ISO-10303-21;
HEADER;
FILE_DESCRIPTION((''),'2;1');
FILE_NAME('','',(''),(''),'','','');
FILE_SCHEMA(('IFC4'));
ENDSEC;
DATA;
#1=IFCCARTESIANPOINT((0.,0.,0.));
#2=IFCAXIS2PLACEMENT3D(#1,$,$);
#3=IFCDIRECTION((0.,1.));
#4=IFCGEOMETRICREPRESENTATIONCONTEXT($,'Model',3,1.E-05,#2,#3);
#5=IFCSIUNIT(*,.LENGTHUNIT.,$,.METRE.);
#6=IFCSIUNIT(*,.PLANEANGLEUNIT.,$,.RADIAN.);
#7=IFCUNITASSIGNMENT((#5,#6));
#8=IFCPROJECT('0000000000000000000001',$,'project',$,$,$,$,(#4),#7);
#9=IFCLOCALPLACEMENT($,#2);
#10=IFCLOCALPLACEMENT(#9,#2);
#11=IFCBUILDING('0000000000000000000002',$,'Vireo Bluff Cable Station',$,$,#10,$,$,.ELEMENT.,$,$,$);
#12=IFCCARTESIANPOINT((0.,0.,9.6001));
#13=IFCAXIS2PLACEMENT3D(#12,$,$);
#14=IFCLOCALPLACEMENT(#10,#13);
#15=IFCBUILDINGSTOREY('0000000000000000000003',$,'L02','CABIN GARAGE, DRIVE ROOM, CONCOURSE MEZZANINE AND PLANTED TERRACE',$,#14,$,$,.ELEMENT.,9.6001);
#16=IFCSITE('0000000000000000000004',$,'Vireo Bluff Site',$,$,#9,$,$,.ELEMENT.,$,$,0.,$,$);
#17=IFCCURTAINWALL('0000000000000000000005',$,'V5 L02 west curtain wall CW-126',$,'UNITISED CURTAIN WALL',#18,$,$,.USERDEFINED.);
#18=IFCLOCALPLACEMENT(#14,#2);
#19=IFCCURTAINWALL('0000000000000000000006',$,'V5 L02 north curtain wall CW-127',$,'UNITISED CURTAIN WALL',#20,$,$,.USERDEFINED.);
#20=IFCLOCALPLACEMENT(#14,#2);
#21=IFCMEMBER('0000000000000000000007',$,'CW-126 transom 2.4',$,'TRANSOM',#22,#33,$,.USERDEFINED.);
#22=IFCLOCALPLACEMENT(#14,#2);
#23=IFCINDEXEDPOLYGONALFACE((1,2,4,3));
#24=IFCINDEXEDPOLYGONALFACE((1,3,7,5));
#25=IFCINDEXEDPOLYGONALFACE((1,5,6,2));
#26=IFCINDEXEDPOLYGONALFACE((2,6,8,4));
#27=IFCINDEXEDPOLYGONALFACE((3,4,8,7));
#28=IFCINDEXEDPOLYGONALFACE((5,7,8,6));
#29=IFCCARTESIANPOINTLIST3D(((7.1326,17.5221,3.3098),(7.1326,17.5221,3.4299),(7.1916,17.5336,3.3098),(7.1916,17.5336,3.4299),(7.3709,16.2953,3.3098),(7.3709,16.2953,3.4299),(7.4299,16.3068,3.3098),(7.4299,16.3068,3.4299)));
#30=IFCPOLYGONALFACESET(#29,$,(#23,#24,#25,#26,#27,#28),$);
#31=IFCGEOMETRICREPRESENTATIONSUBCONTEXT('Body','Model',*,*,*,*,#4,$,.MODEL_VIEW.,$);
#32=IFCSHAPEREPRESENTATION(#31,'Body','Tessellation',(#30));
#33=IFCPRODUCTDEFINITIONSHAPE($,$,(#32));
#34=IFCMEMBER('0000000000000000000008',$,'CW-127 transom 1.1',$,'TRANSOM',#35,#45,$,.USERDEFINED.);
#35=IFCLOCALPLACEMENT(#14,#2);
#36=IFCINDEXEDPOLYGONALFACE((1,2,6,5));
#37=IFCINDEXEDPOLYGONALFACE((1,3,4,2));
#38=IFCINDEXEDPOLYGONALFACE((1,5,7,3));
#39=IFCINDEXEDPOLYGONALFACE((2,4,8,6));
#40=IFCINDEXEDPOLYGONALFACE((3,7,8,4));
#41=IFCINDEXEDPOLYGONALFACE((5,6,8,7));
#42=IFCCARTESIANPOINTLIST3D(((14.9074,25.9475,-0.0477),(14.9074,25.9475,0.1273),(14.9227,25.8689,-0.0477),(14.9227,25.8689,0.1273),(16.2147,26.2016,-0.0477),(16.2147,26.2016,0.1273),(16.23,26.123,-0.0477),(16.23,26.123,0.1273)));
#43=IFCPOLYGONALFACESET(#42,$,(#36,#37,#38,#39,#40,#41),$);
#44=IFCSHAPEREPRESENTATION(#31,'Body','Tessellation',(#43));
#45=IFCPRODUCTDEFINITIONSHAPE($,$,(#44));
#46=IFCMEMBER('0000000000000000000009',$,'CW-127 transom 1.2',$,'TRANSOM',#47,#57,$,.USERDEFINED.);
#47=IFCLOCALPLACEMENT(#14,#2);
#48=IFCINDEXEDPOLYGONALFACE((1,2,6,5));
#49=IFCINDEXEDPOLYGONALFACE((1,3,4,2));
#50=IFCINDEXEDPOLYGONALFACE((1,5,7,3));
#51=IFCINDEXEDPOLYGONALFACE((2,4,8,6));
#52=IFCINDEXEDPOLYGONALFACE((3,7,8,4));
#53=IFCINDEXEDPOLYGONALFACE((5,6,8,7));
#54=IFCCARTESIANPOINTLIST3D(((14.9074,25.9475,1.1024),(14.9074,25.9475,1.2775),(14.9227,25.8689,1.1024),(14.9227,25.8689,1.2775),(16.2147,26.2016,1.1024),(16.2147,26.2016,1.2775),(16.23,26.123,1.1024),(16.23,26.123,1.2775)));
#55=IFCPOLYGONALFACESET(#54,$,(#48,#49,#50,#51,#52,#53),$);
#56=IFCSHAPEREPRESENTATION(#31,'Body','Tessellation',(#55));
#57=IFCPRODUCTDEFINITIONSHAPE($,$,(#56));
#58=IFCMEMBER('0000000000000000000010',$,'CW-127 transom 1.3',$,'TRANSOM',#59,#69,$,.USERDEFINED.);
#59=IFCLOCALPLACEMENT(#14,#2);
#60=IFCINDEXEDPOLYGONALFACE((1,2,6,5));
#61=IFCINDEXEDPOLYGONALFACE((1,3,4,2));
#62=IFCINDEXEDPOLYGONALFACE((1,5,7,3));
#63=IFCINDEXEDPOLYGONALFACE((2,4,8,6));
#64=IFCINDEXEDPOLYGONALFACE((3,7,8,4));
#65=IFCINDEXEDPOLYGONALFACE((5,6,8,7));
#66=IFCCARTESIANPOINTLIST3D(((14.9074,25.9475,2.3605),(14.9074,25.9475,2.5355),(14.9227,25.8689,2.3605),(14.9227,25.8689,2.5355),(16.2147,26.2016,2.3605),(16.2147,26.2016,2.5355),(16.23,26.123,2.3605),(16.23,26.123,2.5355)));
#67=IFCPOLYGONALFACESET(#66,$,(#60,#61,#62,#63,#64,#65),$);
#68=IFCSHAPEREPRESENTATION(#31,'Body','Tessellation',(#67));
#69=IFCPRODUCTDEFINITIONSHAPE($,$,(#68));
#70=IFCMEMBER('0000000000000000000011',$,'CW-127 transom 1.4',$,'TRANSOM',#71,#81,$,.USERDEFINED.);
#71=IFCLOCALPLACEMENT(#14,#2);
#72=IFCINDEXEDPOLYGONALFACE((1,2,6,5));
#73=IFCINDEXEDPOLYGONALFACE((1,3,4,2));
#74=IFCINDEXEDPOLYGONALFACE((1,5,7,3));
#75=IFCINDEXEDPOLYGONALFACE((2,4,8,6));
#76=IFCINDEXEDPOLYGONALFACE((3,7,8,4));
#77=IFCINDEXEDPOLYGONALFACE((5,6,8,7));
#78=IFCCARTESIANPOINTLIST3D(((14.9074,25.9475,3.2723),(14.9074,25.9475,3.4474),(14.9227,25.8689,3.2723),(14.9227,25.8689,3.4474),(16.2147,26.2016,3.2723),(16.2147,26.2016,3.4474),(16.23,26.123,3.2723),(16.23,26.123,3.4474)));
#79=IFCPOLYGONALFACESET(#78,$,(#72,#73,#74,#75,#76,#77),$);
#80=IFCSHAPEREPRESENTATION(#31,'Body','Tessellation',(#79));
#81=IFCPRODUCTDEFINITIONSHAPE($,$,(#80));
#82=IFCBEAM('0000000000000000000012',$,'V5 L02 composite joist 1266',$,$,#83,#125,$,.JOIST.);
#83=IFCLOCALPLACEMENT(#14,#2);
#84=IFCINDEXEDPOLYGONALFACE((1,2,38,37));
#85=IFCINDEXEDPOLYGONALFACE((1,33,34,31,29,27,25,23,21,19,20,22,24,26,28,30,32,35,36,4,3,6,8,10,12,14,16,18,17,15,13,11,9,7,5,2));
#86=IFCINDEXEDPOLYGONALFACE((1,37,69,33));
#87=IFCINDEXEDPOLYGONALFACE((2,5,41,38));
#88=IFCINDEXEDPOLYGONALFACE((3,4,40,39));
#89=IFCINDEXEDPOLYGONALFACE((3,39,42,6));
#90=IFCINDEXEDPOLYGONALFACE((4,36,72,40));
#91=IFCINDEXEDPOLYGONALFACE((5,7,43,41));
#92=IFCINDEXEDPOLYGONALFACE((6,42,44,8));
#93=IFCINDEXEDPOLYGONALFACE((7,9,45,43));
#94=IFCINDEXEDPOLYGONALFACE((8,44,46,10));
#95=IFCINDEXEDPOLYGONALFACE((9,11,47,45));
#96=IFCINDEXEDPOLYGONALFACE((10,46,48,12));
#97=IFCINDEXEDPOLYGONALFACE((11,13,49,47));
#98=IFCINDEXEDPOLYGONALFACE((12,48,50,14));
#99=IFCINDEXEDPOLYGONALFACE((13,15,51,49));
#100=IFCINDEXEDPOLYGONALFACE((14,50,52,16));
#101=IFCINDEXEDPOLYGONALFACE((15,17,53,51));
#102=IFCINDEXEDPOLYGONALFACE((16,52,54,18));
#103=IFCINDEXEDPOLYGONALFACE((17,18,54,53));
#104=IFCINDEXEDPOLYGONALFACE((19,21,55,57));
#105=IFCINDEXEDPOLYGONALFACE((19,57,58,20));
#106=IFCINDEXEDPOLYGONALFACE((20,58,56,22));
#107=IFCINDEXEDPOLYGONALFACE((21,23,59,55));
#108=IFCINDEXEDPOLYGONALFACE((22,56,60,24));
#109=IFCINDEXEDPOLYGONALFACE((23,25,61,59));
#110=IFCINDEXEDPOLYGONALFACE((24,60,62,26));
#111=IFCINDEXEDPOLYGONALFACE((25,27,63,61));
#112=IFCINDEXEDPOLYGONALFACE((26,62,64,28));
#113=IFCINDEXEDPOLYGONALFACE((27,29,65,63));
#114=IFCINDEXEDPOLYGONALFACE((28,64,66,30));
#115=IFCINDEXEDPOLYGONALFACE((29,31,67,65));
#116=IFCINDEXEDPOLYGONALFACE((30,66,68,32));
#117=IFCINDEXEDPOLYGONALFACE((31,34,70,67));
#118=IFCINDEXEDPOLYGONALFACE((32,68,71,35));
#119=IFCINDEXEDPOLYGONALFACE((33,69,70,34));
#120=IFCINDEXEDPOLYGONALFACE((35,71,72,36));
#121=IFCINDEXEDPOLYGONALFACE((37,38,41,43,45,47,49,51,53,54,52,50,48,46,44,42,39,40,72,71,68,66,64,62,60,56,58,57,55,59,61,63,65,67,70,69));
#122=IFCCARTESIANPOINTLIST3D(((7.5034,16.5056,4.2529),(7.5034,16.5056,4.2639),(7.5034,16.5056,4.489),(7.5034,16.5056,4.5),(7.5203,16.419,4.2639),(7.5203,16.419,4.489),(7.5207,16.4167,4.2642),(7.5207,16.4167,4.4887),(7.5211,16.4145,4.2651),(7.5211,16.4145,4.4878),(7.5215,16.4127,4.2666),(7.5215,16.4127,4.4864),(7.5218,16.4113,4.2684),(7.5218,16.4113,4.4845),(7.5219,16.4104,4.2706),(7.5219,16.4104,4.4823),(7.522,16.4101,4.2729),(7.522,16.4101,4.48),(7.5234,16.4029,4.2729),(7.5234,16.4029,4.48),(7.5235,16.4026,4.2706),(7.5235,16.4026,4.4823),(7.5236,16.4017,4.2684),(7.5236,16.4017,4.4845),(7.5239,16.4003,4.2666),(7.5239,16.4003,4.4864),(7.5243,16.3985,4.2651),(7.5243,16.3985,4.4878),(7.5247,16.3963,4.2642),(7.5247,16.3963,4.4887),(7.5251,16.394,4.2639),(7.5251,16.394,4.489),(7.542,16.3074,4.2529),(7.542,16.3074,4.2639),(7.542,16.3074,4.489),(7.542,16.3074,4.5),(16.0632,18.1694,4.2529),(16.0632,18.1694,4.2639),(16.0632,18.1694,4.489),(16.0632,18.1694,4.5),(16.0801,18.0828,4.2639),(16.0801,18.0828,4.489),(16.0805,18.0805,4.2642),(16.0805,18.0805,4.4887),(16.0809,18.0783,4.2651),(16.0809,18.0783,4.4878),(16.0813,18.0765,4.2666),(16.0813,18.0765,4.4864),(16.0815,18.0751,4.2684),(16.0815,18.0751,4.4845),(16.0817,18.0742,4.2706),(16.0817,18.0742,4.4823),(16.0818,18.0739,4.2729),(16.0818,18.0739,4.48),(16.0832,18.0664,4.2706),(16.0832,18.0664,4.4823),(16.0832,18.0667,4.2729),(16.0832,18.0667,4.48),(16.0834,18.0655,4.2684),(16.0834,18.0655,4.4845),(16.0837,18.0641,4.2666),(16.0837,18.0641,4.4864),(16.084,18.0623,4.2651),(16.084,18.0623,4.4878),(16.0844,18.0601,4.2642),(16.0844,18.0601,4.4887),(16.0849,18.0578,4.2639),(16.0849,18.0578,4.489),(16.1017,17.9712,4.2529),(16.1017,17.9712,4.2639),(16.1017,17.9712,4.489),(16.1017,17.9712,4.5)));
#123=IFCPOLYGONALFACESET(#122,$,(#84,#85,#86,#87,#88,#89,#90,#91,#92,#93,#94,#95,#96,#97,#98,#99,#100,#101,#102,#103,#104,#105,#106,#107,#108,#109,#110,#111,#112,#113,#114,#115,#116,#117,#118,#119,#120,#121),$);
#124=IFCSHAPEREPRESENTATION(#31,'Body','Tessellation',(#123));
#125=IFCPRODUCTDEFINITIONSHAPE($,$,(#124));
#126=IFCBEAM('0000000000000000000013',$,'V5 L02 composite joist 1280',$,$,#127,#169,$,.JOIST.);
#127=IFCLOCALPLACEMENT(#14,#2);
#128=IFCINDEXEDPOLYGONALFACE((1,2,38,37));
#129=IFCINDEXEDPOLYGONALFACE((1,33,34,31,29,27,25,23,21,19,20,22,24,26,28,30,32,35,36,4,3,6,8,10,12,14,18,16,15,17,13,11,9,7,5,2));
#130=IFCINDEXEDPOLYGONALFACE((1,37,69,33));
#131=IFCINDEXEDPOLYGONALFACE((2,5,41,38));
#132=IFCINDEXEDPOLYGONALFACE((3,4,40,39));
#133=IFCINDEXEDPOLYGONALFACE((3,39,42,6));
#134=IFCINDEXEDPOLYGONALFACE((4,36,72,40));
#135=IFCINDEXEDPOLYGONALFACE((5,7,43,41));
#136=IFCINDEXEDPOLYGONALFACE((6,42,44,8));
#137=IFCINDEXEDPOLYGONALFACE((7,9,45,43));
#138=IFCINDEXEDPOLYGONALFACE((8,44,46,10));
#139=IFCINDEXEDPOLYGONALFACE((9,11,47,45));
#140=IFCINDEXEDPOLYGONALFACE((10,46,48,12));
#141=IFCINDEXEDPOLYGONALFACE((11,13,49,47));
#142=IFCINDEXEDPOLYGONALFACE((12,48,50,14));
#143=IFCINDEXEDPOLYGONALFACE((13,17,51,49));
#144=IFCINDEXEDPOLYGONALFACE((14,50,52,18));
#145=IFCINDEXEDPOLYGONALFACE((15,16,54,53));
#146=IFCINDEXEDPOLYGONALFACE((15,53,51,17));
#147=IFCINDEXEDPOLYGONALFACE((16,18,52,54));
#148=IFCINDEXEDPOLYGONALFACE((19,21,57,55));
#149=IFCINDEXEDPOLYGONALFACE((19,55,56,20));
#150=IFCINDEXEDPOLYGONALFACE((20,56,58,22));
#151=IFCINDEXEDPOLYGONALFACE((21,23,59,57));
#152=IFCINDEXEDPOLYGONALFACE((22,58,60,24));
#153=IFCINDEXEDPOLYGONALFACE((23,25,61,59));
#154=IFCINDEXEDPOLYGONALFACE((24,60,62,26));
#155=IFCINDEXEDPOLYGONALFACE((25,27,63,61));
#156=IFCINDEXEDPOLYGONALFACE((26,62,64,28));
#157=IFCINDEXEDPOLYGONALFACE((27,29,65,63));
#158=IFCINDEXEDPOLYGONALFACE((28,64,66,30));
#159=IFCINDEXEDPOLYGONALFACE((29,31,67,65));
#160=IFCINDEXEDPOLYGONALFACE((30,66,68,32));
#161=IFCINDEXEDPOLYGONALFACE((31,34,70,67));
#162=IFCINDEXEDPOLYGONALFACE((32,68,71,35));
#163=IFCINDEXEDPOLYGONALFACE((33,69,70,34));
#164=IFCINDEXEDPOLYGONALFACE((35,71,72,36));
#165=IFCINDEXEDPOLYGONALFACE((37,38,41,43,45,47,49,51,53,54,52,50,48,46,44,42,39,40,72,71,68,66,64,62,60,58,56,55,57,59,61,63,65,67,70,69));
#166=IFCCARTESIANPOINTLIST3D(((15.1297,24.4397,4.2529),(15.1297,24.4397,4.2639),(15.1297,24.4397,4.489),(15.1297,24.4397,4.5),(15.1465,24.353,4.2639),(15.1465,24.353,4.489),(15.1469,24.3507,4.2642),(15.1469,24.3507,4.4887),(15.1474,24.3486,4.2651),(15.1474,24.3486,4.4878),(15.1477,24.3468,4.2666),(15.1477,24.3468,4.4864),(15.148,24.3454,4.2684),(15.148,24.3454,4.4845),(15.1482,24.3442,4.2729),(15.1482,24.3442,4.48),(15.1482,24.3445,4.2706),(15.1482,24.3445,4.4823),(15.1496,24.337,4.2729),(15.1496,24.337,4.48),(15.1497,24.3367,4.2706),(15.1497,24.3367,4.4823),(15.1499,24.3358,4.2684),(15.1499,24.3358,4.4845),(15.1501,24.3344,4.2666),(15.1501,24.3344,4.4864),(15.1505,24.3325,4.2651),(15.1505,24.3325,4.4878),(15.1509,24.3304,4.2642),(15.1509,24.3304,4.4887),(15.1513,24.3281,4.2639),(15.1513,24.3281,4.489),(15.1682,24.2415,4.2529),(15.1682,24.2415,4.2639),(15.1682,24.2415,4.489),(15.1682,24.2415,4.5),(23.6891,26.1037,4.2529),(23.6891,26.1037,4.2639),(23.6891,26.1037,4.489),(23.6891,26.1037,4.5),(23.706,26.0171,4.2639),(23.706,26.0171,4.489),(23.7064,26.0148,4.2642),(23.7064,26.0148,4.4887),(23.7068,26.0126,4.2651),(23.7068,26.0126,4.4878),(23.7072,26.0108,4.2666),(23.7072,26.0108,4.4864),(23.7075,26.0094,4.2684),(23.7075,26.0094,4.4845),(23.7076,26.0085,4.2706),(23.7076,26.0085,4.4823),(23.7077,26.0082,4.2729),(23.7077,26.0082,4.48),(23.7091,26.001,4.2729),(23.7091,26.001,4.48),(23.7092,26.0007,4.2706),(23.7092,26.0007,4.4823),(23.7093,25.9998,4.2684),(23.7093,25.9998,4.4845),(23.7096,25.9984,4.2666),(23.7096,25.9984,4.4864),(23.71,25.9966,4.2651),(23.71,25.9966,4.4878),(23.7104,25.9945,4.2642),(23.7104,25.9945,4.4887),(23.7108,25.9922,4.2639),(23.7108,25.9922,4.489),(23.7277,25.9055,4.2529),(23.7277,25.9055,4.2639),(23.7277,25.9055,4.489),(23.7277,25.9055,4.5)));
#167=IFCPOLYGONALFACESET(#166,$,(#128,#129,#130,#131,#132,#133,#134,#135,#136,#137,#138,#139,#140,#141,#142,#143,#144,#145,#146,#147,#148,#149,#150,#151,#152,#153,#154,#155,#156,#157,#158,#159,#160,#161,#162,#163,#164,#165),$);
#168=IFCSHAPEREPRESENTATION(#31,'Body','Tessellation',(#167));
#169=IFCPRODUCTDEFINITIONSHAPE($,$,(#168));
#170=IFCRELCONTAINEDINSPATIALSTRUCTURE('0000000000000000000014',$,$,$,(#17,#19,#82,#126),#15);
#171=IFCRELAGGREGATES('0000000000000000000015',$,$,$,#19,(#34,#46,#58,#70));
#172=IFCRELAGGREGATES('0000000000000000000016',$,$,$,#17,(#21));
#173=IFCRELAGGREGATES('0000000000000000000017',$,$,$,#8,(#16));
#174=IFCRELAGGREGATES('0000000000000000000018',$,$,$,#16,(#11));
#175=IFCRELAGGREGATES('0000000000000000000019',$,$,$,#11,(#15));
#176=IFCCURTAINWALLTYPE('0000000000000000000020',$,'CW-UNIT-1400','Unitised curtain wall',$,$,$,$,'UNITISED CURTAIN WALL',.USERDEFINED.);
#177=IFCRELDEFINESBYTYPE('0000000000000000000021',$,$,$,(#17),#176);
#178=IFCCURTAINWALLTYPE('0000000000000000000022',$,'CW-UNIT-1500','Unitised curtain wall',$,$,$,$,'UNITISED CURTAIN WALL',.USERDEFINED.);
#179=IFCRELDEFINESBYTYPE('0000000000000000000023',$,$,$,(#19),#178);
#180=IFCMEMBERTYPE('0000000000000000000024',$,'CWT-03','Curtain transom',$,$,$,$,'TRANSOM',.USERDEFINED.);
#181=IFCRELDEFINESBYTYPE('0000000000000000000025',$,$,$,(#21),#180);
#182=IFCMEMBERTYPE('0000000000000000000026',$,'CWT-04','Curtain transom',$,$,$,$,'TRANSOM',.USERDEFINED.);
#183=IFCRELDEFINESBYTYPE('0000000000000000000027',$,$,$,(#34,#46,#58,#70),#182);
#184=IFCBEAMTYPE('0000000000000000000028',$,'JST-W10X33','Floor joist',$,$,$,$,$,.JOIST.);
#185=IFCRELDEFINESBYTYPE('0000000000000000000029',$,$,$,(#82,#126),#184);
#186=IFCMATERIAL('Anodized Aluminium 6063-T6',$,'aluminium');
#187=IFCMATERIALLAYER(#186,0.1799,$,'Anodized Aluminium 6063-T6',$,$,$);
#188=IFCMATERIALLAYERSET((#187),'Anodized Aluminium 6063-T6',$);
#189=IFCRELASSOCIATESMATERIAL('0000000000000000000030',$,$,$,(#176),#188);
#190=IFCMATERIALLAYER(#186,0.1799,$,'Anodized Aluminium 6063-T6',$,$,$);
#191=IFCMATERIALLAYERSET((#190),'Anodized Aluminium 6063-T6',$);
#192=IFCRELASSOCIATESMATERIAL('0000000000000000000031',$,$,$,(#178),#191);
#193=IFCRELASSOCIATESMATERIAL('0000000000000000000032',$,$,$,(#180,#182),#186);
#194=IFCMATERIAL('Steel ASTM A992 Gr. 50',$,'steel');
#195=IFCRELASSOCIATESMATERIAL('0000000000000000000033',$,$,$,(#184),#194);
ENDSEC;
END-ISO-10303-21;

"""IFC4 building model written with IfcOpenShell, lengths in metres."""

from ifc_helpers import new_model, si_unit, direction, frame, origin, origin_2d, place, context, subcontext, project, spatial, rectangle, i_section, extrude, material, layer, layer_set, material_profile, profile_set, type_object, element, aggregate, save


model = new_model("IFC4")

# Units and contexts
model_context = context("Model", 3, precision=1e-05, world=origin(), true_north=direction((0.0, 1.0)))
body_context = subcontext(model_context, "Body", "Model", "MODEL_VIEW")
ifc_project = project(units=[si_unit("LENGTHUNIT", "METRE"), si_unit("PLANEANGLEUNIT", "RADIAN")], contexts=[model_context])

# Site, building, storey
site_placement = place(None, origin())
site = spatial("IfcSite", under=ifc_project, at=site_placement, Name="Vireo Bluff Site", CompositionType="ELEMENT", RefElevation=0.0)
building_placement = place(site_placement, origin())
building = spatial("IfcBuilding", under=site, at=building_placement, Name="Vireo Bluff Cable Station", CompositionType="ELEMENT")
storey_placement = place(building_placement, frame((0.0, 0.0, 9.6001)))
storey = spatial("IfcBuildingStorey", under=building, at=storey_placement, Name="L02", Description="CABIN GARAGE, DRIVE ROOM, CONCOURSE MEZZANINE AND PLANTED TERRACE", CompositionType="ELEMENT", Elevation=9.6001)

# Shared definitions
ifc_material_1 = material(Name="Steel ASTM A992 Gr. 50", Category="steel")

# Curtain wall
ifc_material_2 = material(Name="Anodized Aluminium 6063-T6", Category="aluminium")
ifc_layer_1 = layer(ifc_material_2, 0.1799, Name="Anodized Aluminium 6063-T6")
ifc_layer_set_1 = layer_set([ifc_layer_1], Name="Anodized Aluminium 6063-T6")
curtain_wall_type_1 = type_object("IfcCurtainWallType", Name="CW-UNIT-1400", Description="Unitised curtain wall", ElementType="UNITISED CURTAIN WALL", PredefinedType="USERDEFINED", material=ifc_layer_set_1)
curtain_wall_1_placement = place(storey_placement, origin())
curtain_wall_1 = element("IfcCurtainWall", 1, at=curtain_wall_1_placement, inside=storey, type_object=curtain_wall_type_1, Name="V5 L02 west curtain wall CW-126", ObjectType="UNITISED CURTAIN WALL", PredefinedType="USERDEFINED")

# Curtain wall
ifc_layer_2 = layer(ifc_material_2, 0.1799, Name="Anodized Aluminium 6063-T6")
ifc_layer_set_2 = layer_set([ifc_layer_2], Name="Anodized Aluminium 6063-T6")
curtain_wall_type_2 = type_object("IfcCurtainWallType", Name="CW-UNIT-1500", Description="Unitised curtain wall", ElementType="UNITISED CURTAIN WALL", PredefinedType="USERDEFINED", material=ifc_layer_set_2)
curtain_wall_2_placement = place(storey_placement, origin())
curtain_wall_2 = element("IfcCurtainWall", 2, at=curtain_wall_2_placement, inside=storey, type_object=curtain_wall_type_2, Name="V5 L02 north curtain wall CW-127", ObjectType="UNITISED CURTAIN WALL", PredefinedType="USERDEFINED")

# Members
ifc_material_profile_1 = material_profile(ifc_material_2, rectangle(XDim=0.0601, YDim=0.1201, at=origin_2d()), Name="ALU-T-60X120")
ifc_profile_set_1 = profile_set([ifc_material_profile_1], Name="Anodized Aluminium 6063-T6")
member_type_1 = type_object("IfcMemberType", Name="CWT-03", Description="Curtain transom", ElementType="TRANSOM", PredefinedType="USERDEFINED", material=ifc_profile_set_1)
member_1_placement = place(storey_placement, frame((7.4004, 16.301, 3.3699), z_axis=(-0.190666, 0.981655, 0.0), x_axis=(-0.981655, -0.190666, 0.0)))
member_1 = element("IfcMember", 3, at=member_1_placement, type_object=member_type_1, Name="CW-126 transom 2.4", ObjectType="TRANSOM", PredefinedType="USERDEFINED", context=body_context, shape_type="SweptSolid", body=[
    extrude(rectangle(XDim=0.0601, YDim=0.1201, at=origin_2d()), origin(), (0.0, 0.0, 1.0), 1.2498),
])
ifc_material_profile_2 = material_profile(ifc_material_2, rectangle(XDim=0.0801, YDim=0.175, at=origin_2d()), Name="ALU-T-80X175")
ifc_profile_set_2 = profile_set([ifc_material_profile_2], Name="Anodized Aluminium 6063-T6")
member_type_2 = type_object("IfcMemberType", Name="CWT-04", Description="Curtain transom", ElementType="TRANSOM", PredefinedType="USERDEFINED", material=ifc_profile_set_2)
member_2_placement = place(storey_placement, frame((14.915, 25.9082, 0.0398), z_axis=(0.981624, 0.190826, 0.0), x_axis=(-0.190826, 0.981624, 0.0)))
member_2 = element("IfcMember", 4, at=member_2_placement, type_object=member_type_2, Name="CW-127 transom 1.1", ObjectType="TRANSOM", PredefinedType="USERDEFINED", context=body_context, shape_type="SweptSolid", body=[
    extrude(rectangle(XDim=0.0801, YDim=0.175, at=origin_2d()), origin(), (0.0, 0.0, 1.0), 1.3318),
])
member_3_placement = place(storey_placement, frame((14.915, 25.9082, 1.1899), z_axis=(0.981624, 0.190826, 0.0), x_axis=(-0.190826, 0.981624, 0.0)))
member_3 = element("IfcMember", 5, at=member_3_placement, type_object=member_type_2, Name="CW-127 transom 1.2", ObjectType="TRANSOM", PredefinedType="USERDEFINED", context=body_context, shape_type="SweptSolid", body=[
    extrude(rectangle(XDim=0.0801, YDim=0.175, at=origin_2d()), origin(), (0.0, 0.0, 1.0), 1.3318),
])
member_4_placement = place(storey_placement, frame((14.915, 25.9082, 2.448), z_axis=(0.981624, 0.190826, 0.0), x_axis=(-0.190826, 0.981624, 0.0)))
member_4 = element("IfcMember", 6, at=member_4_placement, type_object=member_type_2, Name="CW-127 transom 1.3", ObjectType="TRANSOM", PredefinedType="USERDEFINED", context=body_context, shape_type="SweptSolid", body=[
    extrude(rectangle(XDim=0.0801, YDim=0.175, at=origin_2d()), origin(), (0.0, 0.0, 1.0), 1.3318),
])
member_5_placement = place(storey_placement, frame((14.915, 25.9082, 3.3599), z_axis=(0.981624, 0.190826, 0.0), x_axis=(-0.190826, 0.981624, 0.0)))
member_5 = element("IfcMember", 7, at=member_5_placement, type_object=member_type_2, Name="CW-127 transom 1.4", ObjectType="TRANSOM", PredefinedType="USERDEFINED", context=body_context, shape_type="SweptSolid", body=[
    extrude(rectangle(XDim=0.0801, YDim=0.175, at=origin_2d()), origin(), (0.0, 0.0, 1.0), 1.3318),
])
aggregate(curtain_wall_2, [member_2, member_3, member_4, member_5])

# Beams
ifc_material_profile_3 = material_profile(ifc_material_1, i_section(OverallWidth=0.2019, OverallDepth=0.2471, WebThickness=0.0073, FlangeThickness=0.011, FilletRadius=0.009, at=origin_2d()), Name="W10X33")
ifc_profile_set_3 = profile_set([ifc_material_profile_3], Name="Steel ASTM A992 Gr. 50")
beam_type_1 = type_object("IfcBeamType", Name="JST-W10X33", Description="Floor joist", PredefinedType="JOIST", material=ifc_profile_set_3)
beam_1_placement = place(storey_placement, frame((7.5227, 16.4065, 4.3765), z_axis=(0.981628, 0.190804, 0.0), x_axis=(-0.190804, 0.981628, 0.0)))
element("IfcBeam", 8, at=beam_1_placement, inside=storey, type_object=beam_type_1, Name="V5 L02 composite joist 1266", PredefinedType="JOIST", context=body_context, shape_type="SweptSolid", body=[
    extrude(i_section(OverallWidth=0.2019, OverallDepth=0.2471, WebThickness=0.0073, FlangeThickness=0.011, FilletRadius=0.009, at=origin_2d()), origin(), (0.0, 0.0, 1.0), 8.72),
])
beam_2_placement = place(storey_placement, frame((15.1489, 24.3406, 4.3765), z_axis=(0.981622, 0.190837, 0.0), x_axis=(-0.190837, 0.981622, 0.0)))
element("IfcBeam", 9, at=beam_2_placement, inside=storey, type_object=beam_type_1, Name="V5 L02 composite joist 1280", PredefinedType="JOIST", context=body_context, shape_type="SweptSolid", body=[
    extrude(i_section(OverallWidth=0.2019, OverallDepth=0.2471, WebThickness=0.0073, FlangeThickness=0.011, FilletRadius=0.009, at=origin_2d()), origin(), (0.0, 0.0, 1.0), 8.7197),
])

aggregate(curtain_wall_1, [member_1])

save(model, "model.ifc")
